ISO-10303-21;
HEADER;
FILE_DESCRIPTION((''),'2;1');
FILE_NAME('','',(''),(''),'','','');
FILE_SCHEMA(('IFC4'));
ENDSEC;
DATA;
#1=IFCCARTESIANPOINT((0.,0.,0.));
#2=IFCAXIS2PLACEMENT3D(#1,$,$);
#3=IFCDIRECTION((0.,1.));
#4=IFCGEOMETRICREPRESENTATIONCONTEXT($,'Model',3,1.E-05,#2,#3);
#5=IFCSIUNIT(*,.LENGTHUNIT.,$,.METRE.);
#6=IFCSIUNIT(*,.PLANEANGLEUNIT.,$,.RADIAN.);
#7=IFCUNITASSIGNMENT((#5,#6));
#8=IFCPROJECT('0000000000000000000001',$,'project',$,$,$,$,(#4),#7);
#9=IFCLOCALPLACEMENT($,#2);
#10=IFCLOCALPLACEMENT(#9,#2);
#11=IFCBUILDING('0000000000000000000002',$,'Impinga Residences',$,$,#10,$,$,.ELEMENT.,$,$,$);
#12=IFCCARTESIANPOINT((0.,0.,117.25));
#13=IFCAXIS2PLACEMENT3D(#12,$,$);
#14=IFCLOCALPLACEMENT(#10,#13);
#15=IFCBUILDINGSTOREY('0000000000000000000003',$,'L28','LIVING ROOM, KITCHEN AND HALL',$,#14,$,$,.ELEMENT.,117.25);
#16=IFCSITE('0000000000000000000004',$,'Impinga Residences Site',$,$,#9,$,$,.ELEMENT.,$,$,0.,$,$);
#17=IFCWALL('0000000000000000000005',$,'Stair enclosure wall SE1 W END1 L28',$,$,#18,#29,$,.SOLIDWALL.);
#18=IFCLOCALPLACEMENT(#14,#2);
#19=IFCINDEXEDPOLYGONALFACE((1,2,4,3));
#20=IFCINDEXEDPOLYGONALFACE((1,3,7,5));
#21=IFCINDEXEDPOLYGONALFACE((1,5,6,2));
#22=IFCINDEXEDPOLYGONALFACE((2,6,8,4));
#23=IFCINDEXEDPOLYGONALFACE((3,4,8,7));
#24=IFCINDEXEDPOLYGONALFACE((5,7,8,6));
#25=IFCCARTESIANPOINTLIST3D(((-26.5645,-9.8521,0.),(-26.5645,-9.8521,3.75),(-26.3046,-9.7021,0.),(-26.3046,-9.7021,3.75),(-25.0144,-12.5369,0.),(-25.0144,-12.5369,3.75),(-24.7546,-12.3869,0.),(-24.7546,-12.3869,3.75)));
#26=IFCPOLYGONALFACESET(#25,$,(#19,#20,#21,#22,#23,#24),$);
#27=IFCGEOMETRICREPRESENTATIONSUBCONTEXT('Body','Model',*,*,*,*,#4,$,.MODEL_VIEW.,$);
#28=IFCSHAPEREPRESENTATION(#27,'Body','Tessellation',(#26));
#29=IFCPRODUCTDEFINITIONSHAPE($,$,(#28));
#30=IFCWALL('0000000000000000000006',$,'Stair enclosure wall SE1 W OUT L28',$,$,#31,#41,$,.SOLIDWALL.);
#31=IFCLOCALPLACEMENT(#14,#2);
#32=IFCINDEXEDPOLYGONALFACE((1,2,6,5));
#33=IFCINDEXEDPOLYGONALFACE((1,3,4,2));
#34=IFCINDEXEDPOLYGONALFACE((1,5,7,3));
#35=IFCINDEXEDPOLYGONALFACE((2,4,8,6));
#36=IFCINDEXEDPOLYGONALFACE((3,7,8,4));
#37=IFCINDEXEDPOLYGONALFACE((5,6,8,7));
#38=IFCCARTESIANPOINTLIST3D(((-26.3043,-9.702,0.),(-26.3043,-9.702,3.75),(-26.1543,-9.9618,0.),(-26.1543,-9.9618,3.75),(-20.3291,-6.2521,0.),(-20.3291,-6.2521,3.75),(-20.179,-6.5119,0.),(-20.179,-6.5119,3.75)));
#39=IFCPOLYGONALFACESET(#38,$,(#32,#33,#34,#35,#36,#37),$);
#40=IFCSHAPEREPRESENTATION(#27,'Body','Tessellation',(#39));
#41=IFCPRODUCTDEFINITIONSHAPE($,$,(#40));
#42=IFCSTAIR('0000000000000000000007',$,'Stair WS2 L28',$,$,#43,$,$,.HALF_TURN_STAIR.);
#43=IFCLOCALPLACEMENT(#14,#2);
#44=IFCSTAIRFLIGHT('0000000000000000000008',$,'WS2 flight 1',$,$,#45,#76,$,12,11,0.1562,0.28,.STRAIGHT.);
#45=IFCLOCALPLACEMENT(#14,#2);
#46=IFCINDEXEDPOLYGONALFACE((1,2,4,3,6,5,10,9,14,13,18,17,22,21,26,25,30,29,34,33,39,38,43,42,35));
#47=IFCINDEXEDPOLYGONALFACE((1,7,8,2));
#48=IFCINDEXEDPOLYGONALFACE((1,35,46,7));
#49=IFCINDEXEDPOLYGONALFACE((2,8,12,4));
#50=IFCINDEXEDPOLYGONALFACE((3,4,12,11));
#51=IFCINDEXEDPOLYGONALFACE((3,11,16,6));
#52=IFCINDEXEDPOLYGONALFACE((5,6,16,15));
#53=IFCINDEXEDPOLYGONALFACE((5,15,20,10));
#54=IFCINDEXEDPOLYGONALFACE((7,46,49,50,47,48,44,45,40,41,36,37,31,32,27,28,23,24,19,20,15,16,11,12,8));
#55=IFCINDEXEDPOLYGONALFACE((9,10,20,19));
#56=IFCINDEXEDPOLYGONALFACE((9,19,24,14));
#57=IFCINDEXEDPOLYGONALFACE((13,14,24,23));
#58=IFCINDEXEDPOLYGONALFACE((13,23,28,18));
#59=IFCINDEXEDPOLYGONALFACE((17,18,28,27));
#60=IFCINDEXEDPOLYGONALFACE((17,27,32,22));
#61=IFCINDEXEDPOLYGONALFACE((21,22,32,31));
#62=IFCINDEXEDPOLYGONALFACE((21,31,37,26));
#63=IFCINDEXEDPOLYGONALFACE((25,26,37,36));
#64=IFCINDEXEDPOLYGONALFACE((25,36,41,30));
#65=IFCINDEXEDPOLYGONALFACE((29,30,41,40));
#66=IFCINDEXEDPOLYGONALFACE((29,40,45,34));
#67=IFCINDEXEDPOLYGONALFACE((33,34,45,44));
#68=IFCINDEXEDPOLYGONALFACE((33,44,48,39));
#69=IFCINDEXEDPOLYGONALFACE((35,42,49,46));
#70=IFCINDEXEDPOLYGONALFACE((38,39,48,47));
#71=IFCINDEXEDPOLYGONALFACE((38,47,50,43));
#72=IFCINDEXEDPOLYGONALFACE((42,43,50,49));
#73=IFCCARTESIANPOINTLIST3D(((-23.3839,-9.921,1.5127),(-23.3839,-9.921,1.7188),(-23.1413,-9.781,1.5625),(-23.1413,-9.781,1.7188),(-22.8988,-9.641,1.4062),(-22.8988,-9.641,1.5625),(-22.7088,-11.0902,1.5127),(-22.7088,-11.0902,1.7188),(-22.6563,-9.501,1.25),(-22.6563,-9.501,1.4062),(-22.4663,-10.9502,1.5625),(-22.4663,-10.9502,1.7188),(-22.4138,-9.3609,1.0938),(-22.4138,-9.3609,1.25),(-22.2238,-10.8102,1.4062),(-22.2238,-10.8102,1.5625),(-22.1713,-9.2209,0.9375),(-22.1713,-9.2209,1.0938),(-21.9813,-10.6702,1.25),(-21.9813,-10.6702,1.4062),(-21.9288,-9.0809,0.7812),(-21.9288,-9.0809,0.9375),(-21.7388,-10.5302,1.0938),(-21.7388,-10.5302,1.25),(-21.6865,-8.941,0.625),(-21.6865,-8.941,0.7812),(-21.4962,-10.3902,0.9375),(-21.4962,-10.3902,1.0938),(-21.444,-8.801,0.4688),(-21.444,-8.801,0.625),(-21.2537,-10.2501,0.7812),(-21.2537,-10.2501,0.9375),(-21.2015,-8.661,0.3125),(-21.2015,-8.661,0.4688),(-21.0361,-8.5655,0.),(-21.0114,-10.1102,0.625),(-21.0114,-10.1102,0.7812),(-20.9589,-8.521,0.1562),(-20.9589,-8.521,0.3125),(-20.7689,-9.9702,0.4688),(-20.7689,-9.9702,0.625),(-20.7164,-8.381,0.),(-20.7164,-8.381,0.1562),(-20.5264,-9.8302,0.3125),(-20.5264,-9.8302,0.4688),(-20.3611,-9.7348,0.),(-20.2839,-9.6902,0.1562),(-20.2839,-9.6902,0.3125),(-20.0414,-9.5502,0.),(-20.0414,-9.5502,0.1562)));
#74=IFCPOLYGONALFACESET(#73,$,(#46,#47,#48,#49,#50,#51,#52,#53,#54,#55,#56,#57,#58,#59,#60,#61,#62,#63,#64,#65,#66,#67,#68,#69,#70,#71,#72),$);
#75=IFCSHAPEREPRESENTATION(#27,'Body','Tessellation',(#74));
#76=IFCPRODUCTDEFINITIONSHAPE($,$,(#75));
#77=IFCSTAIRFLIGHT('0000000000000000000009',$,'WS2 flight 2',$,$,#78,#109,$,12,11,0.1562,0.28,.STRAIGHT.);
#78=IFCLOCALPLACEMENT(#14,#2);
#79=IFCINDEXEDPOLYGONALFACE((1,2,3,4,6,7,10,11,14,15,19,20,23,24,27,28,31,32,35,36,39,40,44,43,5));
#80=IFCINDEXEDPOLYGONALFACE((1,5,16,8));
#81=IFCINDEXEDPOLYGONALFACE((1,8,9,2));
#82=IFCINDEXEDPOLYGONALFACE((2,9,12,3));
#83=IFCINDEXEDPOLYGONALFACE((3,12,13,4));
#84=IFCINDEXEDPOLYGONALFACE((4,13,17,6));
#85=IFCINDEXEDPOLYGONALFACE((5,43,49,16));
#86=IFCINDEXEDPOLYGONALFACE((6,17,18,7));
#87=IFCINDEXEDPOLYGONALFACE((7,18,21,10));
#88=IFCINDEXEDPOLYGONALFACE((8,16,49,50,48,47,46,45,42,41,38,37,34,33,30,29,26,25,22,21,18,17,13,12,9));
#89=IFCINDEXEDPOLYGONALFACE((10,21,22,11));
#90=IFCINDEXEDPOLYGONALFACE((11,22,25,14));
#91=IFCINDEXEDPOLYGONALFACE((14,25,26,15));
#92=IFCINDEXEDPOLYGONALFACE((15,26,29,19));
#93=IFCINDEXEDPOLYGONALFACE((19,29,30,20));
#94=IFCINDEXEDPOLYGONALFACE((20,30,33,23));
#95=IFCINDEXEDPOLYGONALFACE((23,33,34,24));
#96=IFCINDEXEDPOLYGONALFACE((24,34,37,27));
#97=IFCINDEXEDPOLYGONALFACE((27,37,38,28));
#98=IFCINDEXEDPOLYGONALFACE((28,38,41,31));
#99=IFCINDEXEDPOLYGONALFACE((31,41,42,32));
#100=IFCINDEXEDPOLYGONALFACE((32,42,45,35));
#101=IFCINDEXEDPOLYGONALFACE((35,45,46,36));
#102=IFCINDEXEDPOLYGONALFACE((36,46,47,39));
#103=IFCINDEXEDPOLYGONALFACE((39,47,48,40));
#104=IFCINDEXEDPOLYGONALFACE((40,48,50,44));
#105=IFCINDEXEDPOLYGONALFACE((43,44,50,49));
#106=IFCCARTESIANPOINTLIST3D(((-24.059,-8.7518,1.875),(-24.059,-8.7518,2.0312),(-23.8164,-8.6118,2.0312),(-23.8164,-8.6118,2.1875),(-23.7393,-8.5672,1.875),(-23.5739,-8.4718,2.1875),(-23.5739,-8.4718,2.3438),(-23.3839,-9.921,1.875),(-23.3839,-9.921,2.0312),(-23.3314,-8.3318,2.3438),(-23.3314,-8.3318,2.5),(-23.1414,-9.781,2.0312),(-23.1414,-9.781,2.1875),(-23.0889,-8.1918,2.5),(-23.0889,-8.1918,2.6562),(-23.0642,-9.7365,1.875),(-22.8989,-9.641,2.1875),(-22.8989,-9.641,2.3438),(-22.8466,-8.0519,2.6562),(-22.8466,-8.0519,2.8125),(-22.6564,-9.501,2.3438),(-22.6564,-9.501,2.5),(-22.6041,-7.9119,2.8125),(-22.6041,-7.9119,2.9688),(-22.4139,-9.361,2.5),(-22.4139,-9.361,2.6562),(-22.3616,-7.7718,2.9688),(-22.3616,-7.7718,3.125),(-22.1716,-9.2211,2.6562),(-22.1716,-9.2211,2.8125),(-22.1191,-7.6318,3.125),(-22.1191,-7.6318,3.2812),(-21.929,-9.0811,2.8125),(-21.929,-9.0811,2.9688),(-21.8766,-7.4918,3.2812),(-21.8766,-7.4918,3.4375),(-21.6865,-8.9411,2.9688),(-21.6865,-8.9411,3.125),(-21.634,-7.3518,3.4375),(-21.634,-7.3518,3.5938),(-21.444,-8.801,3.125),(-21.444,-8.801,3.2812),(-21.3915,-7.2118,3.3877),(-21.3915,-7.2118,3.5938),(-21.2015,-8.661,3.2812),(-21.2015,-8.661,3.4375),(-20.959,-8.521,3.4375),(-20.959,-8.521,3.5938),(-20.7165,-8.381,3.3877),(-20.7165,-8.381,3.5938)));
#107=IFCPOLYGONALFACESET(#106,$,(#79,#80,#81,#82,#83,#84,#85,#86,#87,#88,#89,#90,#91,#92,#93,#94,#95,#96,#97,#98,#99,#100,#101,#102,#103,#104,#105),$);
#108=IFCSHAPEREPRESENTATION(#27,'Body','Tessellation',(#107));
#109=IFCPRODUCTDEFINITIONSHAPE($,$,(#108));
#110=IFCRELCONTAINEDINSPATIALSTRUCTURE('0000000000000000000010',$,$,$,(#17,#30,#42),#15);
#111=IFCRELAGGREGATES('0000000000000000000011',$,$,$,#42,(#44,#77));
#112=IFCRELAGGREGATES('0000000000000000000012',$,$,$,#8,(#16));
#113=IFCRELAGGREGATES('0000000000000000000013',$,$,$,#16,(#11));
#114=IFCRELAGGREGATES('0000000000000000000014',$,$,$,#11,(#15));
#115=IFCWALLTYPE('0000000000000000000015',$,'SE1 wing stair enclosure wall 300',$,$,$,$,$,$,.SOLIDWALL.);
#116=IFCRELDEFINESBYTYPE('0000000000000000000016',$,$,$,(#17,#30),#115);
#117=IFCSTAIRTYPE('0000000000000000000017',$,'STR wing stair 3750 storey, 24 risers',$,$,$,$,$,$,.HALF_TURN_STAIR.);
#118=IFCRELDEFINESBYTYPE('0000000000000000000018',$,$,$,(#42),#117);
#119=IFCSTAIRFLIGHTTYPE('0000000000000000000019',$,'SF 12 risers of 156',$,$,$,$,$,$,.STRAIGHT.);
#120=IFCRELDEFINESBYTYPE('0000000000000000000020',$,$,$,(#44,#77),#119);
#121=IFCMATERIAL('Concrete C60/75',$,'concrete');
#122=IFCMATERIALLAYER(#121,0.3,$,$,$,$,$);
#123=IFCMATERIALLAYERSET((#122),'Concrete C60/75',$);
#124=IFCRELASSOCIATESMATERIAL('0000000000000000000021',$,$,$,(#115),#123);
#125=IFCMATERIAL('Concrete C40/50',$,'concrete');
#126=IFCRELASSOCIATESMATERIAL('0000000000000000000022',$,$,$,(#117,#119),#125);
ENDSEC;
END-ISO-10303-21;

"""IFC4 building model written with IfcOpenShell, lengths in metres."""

from ifc_helpers import new_model, si_unit, direction, frame, frame_2d, origin, place, context, subcontext, project, spatial, polyline, rectangle, outline, extrude, material, layer, layer_set, type_object, element, aggregate, save


model = new_model("IFC4")

# Units and contexts
model_context = context("Model", 3, precision=1e-05, world=origin(), true_north=direction((0.0, 1.0)))
body_context = subcontext(model_context, "Body", "Model", "MODEL_VIEW")
ifc_project = project(units=[si_unit("LENGTHUNIT", "METRE"), si_unit("PLANEANGLEUNIT", "RADIAN")], contexts=[model_context])

# Site, building, storey
site_placement = place(None, origin())
site = spatial("IfcSite", under=ifc_project, at=site_placement, Name="Impinga Residences Site", CompositionType="ELEMENT", RefElevation=0.0)
building_placement = place(site_placement, origin())
building = spatial("IfcBuilding", under=site, at=building_placement, Name="Impinga Residences", CompositionType="ELEMENT")
storey_placement = place(building_placement, frame((0.0, 0.0, 117.25)))
storey = spatial("IfcBuildingStorey", under=building, at=storey_placement, Name="L28", Description="LIVING ROOM, KITCHEN AND HALL", CompositionType="ELEMENT", Elevation=117.25)

# Shared definitions
ifc_material_1 = material(Name="Concrete C60/75", Category="concrete")

# Walls
ifc_layer_1 = layer(ifc_material_1, 0.3)
ifc_layer_set_1 = layer_set([ifc_layer_1], Name="Concrete C60/75")
wall_type_1 = type_object("IfcWallType", Name="SE1 wing stair enclosure wall 300", PredefinedType="SOLIDWALL", material=ifc_layer_set_1)
wall_1_placement = place(storey_placement, frame((-24.8845, -12.4619, 0.0), z_axis=(0.0, 0.0, 1.0), x_axis=(-0.499993, 0.86603, 0.0)))
element("IfcWall", 1, at=wall_1_placement, inside=storey, type_object=wall_type_1, Name="Stair enclosure wall SE1 W END1 L28", PredefinedType="SOLIDWALL", context=body_context, shape_type="SweptSolid", body=[
    extrude(rectangle(XDim=3.1001, YDim=0.3, at=frame_2d((1.55, 0.0))), origin(), (0.0, 0.0, 1.0), 3.75),
])
wall_2_placement = place(storey_placement, frame((-20.2542, -6.3821, 0.0), z_axis=(0.0, 0.0, 1.0), x_axis=(-0.86602, -0.500009, 0.0)))
element("IfcWall", 2, at=wall_2_placement, inside=storey, type_object=wall_type_1, Name="Stair enclosure wall SE1 W OUT L28", PredefinedType="SOLIDWALL", context=body_context, shape_type="SweptSolid", body=[
    extrude(rectangle(XDim=6.8997, YDim=0.3, at=frame_2d((3.4497, 0.0))), origin(), (0.0, 0.0, 1.0), 3.75),
])

# Stair, stair flights
ifc_material_2 = material(Name="Concrete C40/50", Category="concrete")
stair_type = type_object("IfcStairType", Name="STR wing stair 3750 storey, 24 risers", PredefinedType="HALF_TURN_STAIR", material=ifc_material_2)
stair_placement = place(storey_placement, origin())
stair = element("IfcStair", 3, at=stair_placement, inside=storey, type_object=stair_type, Name="Stair WS2 L28", PredefinedType="HALF_TURN_STAIR")
stair_flight_type = type_object("IfcStairFlightType", Name="SF 12 risers of 156", PredefinedType="STRAIGHT", material=ifc_material_2)
stair_flight_1_placement = place(storey_placement, frame((-20.3789, -8.9656, 0.0), z_axis=(0.0, 0.0, 1.0), x_axis=(-0.866025, -0.5, 0.0)))
stair_flight_1 = element("IfcStairFlight", 4, at=stair_flight_1_placement, type_object=stair_flight_type, Name="WS2 flight 1", NumberOfRisers=12, NumberOfTreads=11, PredefinedType="STRAIGHT", RiserHeight=0.1562, TreadLength=0.28, context=body_context, shape_type="SweptSolid", body=[
    extrude(outline(polyline([(0.0, 0.0), (0.0, 0.1562), (0.28, 0.1562), (0.28, 0.3125), (0.5601, 0.3125), (0.5601, 0.4688), (0.8401, 0.4688), (0.8401, 0.625), (1.1201, 0.625), (1.1201, 0.7812), (1.3999, 0.7812), (1.3999, 0.9375), (1.6799, 0.9375), (1.6799, 1.0938), (1.96, 1.0938), (1.96, 1.25), (2.24, 1.25), (2.24, 1.4062), (2.52, 1.4062), (2.52, 1.5625), (2.8, 1.5625), (2.8, 1.7188), (3.0801, 1.7188), (3.0801, 1.875), (3.0801, 1.5127), (0.3691, 0.0), (0.0, 0.0)])), frame((0.0, 0.675, 0.0), z_axis=(0.0, -1.0, 0.0), x_axis=(1.0, 0.0, 0.0)), (0.0, 0.0, 1.0), 1.3501),
])
stair_flight_2_placement = place(storey_placement, frame((-23.7214, -9.3364, 1.875), z_axis=(0.0, 0.0, 1.0), x_axis=(0.866025, 0.5, 0.0)))
stair_flight_2 = element("IfcStairFlight", 5, at=stair_flight_2_placement, type_object=stair_flight_type, Name="WS2 flight 2", NumberOfRisers=12, NumberOfTreads=11, PredefinedType="STRAIGHT", RiserHeight=0.1562, TreadLength=0.28, context=body_context, shape_type="SweptSolid", body=[
    extrude(outline(polyline([(0.0, 0.0), (0.0, 0.1562), (0.28, 0.1562), (0.28, 0.3125), (0.5601, 0.3125), (0.5601, 0.4688), (0.8401, 0.4688), (0.8401, 0.625), (1.1201, 0.625), (1.1201, 0.7812), (1.3999, 0.7812), (1.3999, 0.9375), (1.6799, 0.9375), (1.6799, 1.0938), (1.96, 1.0938), (1.96, 1.25), (2.24, 1.25), (2.24, 1.4062), (2.52, 1.4062), (2.52, 1.5625), (2.8, 1.5625), (2.8, 1.7188), (3.0801, 1.7188), (3.0801, 1.875), (3.0801, 1.5127), (0.3691, 0.0), (0.0, 0.0)])), frame((0.0, 0.675, 0.0), z_axis=(0.0, -1.0, 0.0), x_axis=(1.0, 0.0, 0.0)), (0.0, 0.0, 1.0), 1.3501),
])
aggregate(stair, [stair_flight_1, stair_flight_2])

save(model, "model.ifc")
